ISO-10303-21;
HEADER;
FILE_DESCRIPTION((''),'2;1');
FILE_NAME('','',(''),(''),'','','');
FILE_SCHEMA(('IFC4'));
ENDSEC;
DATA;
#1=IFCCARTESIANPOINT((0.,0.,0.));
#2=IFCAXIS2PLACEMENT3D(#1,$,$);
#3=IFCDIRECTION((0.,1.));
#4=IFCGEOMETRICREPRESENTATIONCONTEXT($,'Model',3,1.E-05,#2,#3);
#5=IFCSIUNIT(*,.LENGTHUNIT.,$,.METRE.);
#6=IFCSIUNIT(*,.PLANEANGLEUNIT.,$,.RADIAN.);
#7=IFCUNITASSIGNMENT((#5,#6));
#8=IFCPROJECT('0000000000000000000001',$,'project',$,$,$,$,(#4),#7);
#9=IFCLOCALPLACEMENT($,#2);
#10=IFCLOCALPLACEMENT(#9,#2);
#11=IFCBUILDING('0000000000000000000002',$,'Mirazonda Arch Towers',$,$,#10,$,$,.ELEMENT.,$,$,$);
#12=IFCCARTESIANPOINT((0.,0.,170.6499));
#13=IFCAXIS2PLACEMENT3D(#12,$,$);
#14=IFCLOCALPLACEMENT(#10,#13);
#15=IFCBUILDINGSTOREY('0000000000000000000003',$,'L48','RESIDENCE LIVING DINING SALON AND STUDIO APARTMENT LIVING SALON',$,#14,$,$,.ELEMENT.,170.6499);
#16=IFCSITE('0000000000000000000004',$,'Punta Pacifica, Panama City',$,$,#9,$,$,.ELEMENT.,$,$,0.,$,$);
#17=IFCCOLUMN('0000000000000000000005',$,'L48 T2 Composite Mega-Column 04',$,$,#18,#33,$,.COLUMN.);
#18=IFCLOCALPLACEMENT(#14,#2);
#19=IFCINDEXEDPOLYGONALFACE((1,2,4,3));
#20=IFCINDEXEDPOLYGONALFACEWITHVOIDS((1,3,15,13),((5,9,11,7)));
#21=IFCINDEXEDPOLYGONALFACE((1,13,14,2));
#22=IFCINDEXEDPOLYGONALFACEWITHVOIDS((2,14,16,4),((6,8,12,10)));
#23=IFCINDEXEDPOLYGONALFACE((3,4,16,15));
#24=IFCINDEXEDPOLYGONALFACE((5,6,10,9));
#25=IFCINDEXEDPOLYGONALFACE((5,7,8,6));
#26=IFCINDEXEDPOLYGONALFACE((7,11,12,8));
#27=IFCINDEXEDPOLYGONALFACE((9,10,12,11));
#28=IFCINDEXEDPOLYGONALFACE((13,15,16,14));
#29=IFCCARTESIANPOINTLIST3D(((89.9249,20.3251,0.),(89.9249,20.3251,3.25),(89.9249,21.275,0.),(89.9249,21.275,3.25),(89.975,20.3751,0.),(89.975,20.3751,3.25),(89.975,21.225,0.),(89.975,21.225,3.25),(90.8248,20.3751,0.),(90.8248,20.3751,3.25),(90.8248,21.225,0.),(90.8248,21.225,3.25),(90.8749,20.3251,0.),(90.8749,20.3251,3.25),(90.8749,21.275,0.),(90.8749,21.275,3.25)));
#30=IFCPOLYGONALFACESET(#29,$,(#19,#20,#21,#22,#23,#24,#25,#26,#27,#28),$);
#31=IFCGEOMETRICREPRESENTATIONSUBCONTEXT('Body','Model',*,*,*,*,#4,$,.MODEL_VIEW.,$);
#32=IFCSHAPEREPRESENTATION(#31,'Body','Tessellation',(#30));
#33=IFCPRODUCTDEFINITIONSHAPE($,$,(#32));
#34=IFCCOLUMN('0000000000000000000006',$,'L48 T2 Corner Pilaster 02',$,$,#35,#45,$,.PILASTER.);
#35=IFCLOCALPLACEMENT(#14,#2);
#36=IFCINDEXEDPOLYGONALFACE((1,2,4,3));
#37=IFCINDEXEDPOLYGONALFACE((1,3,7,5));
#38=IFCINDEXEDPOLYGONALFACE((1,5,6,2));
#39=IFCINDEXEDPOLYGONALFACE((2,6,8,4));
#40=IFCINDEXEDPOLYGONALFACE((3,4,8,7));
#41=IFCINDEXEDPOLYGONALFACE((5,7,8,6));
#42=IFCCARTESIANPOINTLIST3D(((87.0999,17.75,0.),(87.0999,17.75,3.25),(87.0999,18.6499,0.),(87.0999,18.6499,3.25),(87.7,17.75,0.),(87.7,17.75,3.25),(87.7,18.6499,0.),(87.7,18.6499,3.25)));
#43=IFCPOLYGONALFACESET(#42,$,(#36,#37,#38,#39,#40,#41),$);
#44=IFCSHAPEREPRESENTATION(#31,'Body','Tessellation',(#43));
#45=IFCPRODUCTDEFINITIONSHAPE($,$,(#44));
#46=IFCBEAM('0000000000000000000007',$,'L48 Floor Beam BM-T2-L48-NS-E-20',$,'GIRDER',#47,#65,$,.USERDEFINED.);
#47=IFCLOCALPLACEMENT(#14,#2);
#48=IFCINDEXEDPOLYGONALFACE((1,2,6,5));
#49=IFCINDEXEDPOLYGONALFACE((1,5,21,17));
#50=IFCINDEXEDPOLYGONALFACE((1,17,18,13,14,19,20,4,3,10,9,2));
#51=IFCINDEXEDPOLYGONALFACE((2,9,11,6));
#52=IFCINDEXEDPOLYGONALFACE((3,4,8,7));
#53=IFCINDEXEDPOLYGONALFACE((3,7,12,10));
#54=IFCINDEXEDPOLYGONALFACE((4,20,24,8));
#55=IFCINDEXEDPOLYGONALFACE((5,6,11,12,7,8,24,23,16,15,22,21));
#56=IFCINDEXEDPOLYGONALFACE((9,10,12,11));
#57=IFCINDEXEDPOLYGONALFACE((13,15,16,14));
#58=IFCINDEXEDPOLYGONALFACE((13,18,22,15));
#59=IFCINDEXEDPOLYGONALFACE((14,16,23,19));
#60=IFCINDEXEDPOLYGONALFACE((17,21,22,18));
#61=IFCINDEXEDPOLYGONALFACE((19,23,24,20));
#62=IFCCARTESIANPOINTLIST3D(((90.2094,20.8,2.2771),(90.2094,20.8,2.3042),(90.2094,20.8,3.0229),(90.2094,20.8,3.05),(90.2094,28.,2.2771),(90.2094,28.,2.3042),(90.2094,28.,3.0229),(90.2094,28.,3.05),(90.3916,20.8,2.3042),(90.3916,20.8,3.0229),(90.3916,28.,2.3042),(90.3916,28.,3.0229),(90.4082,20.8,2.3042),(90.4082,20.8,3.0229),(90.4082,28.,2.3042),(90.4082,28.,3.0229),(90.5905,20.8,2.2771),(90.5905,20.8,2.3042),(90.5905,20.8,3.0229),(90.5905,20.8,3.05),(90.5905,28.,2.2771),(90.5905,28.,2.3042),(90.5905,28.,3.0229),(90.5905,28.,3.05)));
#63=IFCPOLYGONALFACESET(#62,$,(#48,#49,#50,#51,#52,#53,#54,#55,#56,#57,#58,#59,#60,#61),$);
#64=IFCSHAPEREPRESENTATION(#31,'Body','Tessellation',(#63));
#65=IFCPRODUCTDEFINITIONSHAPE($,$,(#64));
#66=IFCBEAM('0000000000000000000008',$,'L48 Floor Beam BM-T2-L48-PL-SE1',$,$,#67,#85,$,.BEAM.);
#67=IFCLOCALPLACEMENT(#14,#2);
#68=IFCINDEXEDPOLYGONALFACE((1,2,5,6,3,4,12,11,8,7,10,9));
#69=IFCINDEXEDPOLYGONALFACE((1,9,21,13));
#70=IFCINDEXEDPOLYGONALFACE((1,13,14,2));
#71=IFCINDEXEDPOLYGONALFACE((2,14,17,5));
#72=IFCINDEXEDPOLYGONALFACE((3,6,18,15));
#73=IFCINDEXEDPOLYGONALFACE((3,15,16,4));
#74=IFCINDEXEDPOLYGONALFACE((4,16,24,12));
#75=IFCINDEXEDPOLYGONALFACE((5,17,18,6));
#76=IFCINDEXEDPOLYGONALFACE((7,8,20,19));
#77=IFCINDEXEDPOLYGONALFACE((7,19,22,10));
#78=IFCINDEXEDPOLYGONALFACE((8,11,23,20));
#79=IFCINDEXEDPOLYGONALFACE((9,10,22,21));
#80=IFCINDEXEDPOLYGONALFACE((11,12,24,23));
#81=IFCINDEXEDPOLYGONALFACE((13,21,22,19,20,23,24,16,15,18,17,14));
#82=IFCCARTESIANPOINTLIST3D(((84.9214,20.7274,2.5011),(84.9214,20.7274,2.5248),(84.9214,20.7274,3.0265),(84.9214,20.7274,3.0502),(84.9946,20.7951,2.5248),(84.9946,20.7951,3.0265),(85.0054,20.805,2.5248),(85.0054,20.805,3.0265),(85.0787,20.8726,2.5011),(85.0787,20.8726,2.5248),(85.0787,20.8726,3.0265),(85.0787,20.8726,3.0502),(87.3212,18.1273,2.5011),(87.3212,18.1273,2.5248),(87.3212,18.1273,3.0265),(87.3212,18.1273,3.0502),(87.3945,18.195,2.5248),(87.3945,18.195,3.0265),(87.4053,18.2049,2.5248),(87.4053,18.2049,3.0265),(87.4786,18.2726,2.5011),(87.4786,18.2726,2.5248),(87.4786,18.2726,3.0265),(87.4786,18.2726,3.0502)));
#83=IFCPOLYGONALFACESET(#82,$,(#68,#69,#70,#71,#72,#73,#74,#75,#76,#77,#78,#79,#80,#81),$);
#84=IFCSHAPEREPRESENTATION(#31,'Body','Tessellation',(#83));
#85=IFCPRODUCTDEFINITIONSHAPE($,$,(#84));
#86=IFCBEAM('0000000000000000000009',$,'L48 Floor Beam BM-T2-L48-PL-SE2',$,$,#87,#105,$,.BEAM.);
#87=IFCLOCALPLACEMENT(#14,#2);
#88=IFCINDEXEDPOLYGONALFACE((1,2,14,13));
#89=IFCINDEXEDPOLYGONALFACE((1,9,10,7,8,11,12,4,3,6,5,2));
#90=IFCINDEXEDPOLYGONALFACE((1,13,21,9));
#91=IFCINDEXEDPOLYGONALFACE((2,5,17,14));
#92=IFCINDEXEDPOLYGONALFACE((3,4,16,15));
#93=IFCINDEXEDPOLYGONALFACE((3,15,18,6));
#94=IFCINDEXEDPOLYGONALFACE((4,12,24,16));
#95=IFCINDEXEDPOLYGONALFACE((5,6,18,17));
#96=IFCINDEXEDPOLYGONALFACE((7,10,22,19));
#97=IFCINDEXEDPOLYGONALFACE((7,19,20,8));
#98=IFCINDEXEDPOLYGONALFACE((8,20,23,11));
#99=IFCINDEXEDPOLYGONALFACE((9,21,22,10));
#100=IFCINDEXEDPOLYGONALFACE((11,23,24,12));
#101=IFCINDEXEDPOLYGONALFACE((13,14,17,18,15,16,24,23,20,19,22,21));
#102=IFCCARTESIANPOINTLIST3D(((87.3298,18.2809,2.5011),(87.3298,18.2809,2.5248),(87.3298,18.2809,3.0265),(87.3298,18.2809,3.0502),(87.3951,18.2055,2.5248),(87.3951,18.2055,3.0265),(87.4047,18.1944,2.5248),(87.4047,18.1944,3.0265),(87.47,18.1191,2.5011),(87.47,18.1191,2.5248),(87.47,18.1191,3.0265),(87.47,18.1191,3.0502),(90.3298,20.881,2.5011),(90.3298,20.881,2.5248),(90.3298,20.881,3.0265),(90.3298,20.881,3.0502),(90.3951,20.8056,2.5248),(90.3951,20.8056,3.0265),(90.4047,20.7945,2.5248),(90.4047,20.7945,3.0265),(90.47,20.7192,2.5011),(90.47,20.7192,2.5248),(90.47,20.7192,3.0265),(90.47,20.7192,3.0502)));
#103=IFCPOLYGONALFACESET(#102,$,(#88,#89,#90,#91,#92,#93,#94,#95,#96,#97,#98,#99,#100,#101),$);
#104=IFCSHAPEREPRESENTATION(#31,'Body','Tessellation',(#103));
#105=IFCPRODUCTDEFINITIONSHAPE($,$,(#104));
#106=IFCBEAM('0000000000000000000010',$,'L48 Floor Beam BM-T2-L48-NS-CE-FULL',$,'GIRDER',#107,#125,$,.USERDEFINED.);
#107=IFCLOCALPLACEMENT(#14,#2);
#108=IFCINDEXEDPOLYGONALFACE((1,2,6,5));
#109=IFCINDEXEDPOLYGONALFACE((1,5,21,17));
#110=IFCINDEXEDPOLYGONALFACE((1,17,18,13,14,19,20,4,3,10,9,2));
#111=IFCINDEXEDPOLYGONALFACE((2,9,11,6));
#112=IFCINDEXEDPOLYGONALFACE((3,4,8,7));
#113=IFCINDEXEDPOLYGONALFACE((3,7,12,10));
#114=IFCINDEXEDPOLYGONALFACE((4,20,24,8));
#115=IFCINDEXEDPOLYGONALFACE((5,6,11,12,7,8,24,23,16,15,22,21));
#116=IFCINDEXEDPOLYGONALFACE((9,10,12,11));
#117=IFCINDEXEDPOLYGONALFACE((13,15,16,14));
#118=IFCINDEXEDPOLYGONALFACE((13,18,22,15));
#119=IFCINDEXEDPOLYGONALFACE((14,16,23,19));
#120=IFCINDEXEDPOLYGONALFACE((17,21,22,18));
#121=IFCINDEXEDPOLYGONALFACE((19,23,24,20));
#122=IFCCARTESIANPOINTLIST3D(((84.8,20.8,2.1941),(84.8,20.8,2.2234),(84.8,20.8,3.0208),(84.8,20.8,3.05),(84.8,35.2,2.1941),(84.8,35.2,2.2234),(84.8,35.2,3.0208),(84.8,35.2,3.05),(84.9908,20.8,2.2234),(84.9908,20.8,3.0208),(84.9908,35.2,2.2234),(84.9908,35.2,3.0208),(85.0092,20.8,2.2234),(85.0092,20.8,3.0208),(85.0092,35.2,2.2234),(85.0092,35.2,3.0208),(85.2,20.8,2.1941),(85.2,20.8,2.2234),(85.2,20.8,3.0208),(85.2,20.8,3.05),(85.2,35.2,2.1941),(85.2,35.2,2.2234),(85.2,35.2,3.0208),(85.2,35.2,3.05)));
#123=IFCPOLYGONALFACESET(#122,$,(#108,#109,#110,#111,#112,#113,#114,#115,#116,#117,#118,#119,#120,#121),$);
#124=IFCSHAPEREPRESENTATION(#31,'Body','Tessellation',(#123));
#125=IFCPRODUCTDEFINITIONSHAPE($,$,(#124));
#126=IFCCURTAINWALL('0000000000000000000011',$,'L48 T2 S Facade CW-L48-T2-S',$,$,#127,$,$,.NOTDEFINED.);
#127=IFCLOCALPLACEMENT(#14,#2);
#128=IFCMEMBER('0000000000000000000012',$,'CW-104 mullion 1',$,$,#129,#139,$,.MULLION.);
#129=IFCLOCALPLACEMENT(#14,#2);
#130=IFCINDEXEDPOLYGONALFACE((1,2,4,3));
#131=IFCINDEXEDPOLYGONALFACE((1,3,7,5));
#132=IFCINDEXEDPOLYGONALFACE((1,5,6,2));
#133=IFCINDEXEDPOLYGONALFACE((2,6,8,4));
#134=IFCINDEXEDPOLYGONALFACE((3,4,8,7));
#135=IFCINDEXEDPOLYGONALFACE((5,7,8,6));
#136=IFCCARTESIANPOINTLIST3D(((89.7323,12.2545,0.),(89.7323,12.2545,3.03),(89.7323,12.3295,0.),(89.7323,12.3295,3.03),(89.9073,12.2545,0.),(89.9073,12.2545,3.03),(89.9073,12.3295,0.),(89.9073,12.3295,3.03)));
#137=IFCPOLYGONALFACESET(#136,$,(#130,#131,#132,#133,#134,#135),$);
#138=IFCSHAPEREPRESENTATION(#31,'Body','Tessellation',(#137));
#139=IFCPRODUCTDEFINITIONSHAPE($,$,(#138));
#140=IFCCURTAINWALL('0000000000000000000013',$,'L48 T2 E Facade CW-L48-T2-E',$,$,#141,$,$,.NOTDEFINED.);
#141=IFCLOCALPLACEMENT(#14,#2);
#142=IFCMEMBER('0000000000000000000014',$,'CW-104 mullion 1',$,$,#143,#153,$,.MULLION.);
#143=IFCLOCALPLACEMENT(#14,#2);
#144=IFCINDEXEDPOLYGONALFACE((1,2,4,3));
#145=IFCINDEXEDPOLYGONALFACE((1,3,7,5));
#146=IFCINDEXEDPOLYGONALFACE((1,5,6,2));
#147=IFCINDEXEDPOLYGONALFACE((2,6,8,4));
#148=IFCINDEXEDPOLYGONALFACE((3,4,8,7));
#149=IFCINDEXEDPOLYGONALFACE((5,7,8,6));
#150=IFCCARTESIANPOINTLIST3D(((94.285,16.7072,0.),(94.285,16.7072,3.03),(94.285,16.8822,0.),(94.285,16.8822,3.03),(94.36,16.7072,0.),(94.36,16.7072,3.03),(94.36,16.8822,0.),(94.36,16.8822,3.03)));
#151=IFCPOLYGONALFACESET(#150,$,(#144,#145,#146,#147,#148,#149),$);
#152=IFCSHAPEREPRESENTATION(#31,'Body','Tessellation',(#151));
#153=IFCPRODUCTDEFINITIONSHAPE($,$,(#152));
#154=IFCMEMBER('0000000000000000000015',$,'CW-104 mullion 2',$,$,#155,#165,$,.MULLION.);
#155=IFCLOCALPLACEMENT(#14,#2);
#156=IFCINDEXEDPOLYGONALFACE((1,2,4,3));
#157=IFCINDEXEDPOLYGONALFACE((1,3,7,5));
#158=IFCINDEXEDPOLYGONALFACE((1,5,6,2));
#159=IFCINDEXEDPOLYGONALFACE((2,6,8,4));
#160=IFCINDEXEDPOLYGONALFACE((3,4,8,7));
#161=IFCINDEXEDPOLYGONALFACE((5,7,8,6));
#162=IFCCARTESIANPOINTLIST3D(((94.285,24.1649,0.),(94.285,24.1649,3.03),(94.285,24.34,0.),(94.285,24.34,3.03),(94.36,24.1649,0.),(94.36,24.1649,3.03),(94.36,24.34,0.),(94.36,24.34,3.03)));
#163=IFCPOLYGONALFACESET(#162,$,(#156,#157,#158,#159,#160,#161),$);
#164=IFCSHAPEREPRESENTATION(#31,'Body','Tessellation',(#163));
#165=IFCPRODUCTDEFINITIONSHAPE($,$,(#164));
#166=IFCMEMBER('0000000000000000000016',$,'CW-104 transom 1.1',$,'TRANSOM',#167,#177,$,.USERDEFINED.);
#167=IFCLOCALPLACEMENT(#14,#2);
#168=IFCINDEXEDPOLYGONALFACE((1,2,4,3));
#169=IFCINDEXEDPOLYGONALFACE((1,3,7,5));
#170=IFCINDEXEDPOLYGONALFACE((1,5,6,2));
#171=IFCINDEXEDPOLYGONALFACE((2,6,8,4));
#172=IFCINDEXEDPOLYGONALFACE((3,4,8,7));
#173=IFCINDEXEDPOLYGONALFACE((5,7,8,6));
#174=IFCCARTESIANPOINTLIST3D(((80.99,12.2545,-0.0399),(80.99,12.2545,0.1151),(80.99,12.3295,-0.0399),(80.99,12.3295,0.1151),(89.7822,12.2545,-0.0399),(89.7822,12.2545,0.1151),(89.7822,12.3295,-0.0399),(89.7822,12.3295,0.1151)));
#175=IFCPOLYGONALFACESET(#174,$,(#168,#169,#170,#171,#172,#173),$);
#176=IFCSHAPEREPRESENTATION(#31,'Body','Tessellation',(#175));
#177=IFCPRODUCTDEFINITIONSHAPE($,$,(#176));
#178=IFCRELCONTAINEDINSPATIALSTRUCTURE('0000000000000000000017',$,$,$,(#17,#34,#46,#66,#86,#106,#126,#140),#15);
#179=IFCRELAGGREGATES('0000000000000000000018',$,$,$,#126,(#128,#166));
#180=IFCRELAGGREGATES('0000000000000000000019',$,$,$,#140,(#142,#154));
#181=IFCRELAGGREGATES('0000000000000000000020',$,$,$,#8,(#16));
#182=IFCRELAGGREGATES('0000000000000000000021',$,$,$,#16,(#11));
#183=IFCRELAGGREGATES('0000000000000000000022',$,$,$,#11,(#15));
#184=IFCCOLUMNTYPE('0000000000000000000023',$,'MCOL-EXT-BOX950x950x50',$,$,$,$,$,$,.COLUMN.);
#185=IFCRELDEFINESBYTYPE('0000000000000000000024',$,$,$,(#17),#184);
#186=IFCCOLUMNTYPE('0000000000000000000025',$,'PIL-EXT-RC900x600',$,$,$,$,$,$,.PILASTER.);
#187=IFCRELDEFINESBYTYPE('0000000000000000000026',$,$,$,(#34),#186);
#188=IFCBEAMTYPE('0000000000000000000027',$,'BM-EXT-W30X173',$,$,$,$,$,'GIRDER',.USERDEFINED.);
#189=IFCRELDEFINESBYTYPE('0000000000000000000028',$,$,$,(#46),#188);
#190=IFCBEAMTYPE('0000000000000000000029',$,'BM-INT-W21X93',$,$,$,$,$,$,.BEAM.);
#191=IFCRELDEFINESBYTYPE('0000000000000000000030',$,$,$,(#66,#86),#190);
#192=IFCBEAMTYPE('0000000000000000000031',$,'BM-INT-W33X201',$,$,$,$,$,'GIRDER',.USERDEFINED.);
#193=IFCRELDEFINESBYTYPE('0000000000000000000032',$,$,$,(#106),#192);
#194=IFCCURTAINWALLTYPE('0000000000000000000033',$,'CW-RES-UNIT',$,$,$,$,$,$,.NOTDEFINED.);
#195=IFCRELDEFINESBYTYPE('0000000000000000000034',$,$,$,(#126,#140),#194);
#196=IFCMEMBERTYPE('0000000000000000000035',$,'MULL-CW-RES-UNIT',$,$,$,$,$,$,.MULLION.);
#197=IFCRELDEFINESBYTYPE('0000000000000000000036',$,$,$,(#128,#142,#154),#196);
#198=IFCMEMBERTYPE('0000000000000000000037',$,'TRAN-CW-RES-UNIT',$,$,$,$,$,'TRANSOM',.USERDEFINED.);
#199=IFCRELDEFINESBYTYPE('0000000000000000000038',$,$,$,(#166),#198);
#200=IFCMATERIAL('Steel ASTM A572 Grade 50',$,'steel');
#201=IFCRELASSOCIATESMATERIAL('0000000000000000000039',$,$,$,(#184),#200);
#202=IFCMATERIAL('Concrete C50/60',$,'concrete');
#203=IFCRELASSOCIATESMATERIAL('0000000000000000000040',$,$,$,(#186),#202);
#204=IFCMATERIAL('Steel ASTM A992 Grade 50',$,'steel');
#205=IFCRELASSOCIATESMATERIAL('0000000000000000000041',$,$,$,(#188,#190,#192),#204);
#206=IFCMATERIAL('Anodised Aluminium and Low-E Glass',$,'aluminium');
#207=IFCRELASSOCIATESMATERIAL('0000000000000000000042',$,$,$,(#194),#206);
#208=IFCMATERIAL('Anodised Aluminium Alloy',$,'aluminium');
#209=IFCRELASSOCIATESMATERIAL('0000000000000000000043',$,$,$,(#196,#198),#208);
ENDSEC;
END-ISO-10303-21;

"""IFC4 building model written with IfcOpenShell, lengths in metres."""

from ifc_helpers import new_model, si_unit, direction, frame, origin, origin_2d, place, context, subcontext, project, spatial, rectangle, hollow_rectangle, i_section, extrude, material, material_profile, profile_set, type_object, element, aggregate, save


model = new_model("IFC4")

# Units and contexts
model_context = context("Model", 3, precision=1e-05, world=origin(), true_north=direction((0.0, 1.0)))
body_context = subcontext(model_context, "Body", "Model", "MODEL_VIEW")
ifc_project = project(units=[si_unit("LENGTHUNIT", "METRE"), si_unit("PLANEANGLEUNIT", "RADIAN")], contexts=[model_context])

# Site, building, storey
site_placement = place(None, origin())
site = spatial("IfcSite", under=ifc_project, at=site_placement, Name="Punta Pacifica, Panama City", CompositionType="ELEMENT", RefElevation=0.0)
building_placement = place(site_placement, origin())
building = spatial("IfcBuilding", under=site, at=building_placement, Name="Mirazonda Arch Towers", CompositionType="ELEMENT")
storey_placement = place(building_placement, frame((0.0, 0.0, 170.6499)))
storey = spatial("IfcBuildingStorey", under=building, at=storey_placement, Name="L48", Description="RESIDENCE LIVING DINING SALON AND STUDIO APARTMENT LIVING SALON", CompositionType="ELEMENT", Elevation=170.6499)

# Columns
ifc_material_1 = material(Name="Steel ASTM A572 Grade 50", Category="steel")
ifc_material_profile_1 = material_profile(ifc_material_1, hollow_rectangle(XDim=0.95, YDim=0.95, WallThickness=0.05, at=origin_2d()), Name="BOX950x950x50")
ifc_profile_set_1 = profile_set([ifc_material_profile_1], Name="Steel ASTM A572 Grade 50")
column_type_1 = type_object("IfcColumnType", Name="MCOL-EXT-BOX950x950x50", PredefinedType="COLUMN", material=ifc_profile_set_1)
column_1_placement = place(storey_placement, frame((90.3999, 20.8, 0.0), z_axis=(0.0, 0.0, 1.0), x_axis=(1.0, 0.0, 0.0)))
element("IfcColumn", 1, at=column_1_placement, inside=storey, type_object=column_type_1, Name="L48 T2 Composite Mega-Column 04", PredefinedType="COLUMN", context=body_context, shape_type="SweptSolid", body=[
    extrude(hollow_rectangle(XDim=0.95, YDim=0.95, WallThickness=0.05, at=origin_2d()), origin(), (0.0, 0.0, 1.0), 3.25),
])
ifc_material_2 = material(Name="Concrete C50/60", Category="concrete")
ifc_material_profile_2 = material_profile(ifc_material_2, rectangle(XDim=0.6001, YDim=0.8999, at=origin_2d()), Name="RC900x600")
ifc_profile_set_2 = profile_set([ifc_material_profile_2], Name="Concrete C50/60")
column_type_2 = type_object("IfcColumnType", Name="PIL-EXT-RC900x600", PredefinedType="PILASTER", material=ifc_profile_set_2)
column_2_placement = place(storey_placement, frame((87.3999, 18.2, 0.0), z_axis=(0.0, 0.0, 1.0), x_axis=(1.0, 0.0, 0.0)))
element("IfcColumn", 2, at=column_2_placement, inside=storey, type_object=column_type_2, Name="L48 T2 Corner Pilaster 02", PredefinedType="PILASTER", context=body_context, shape_type="SweptSolid", body=[
    extrude(rectangle(XDim=0.6001, YDim=0.8999, at=origin_2d()), origin(), (0.0, 0.0, 1.0), 3.25),
])

# Beams
ifc_material_3 = material(Name="Steel ASTM A992 Grade 50", Category="steel")
ifc_material_profile_3 = material_profile(ifc_material_3, i_section(OverallWidth=0.3811, OverallDepth=0.7729, WebThickness=0.0166, FlangeThickness=0.0271, at=origin_2d()), Name="W30X173")
ifc_profile_set_3 = profile_set([ifc_material_profile_3], Name="Steel ASTM A992 Grade 50")
beam_type_1 = type_object("IfcBeamType", Name="BM-EXT-W30X173", ElementType="GIRDER", PredefinedType="USERDEFINED", material=ifc_profile_set_3)
beam_1_placement = place(storey_placement, frame((90.3999, 20.8, 2.6636), z_axis=(0.0, 1.0, 0.0), x_axis=(-1.0, 0.0, 0.0)))
element("IfcBeam", 3, at=beam_1_placement, inside=storey, type_object=beam_type_1, Name="L48 Floor Beam BM-T2-L48-NS-E-20", ObjectType="GIRDER", PredefinedType="USERDEFINED", context=body_context, shape_type="SweptSolid", body=[
    extrude(i_section(OverallWidth=0.3811, OverallDepth=0.7729, WebThickness=0.0166, FlangeThickness=0.0271, at=origin_2d()), origin(), (0.0, 0.0, 1.0), 7.2),
])
ifc_material_profile_4 = material_profile(ifc_material_3, i_section(OverallWidth=0.2141, OverallDepth=0.5491, WebThickness=0.0146, FlangeThickness=0.0237, at=origin_2d()), Name="W21X93")
ifc_profile_set_4 = profile_set([ifc_material_profile_4], Name="Steel ASTM A992 Grade 50")
beam_type_2 = type_object("IfcBeamType", Name="BM-INT-W21X93", PredefinedType="BEAM", material=ifc_profile_set_4)
beam_2_placement = place(storey_placement, frame((87.3999, 18.2, 2.7756), z_axis=(-0.678251, 0.73483, 0.0), x_axis=(-0.73483, -0.678251, 0.0)))
element("IfcBeam", 4, at=beam_2_placement, inside=storey, type_object=beam_type_2, Name="L48 Floor Beam BM-T2-L48-PL-SE1", PredefinedType="BEAM", context=body_context, shape_type="SweptSolid", body=[
    extrude(i_section(OverallWidth=0.2141, OverallDepth=0.5491, WebThickness=0.0146, FlangeThickness=0.0237, at=origin_2d()), origin(), (0.0, 0.0, 1.0), 3.5383),
])
beam_3_placement = place(storey_placement, frame((87.3999, 18.2, 2.7756), z_axis=(0.755677, 0.654945, 0.0), x_axis=(-0.654945, 0.755677, 0.0)))
element("IfcBeam", 5, at=beam_3_placement, inside=storey, type_object=beam_type_2, Name="L48 Floor Beam BM-T2-L48-PL-SE2", PredefinedType="BEAM", context=body_context, shape_type="SweptSolid", body=[
    extrude(i_section(OverallWidth=0.2141, OverallDepth=0.5491, WebThickness=0.0146, FlangeThickness=0.0237, at=origin_2d()), origin(), (0.0, 0.0, 1.0), 3.97),
])
ifc_material_profile_5 = material_profile(ifc_material_3, i_section(OverallWidth=0.3999, OverallDepth=0.856, WebThickness=0.0183, FlangeThickness=0.0293, at=origin_2d()), Name="W33X201")
ifc_profile_set_5 = profile_set([ifc_material_profile_5], Name="Steel ASTM A992 Grade 50")
beam_type_3 = type_object("IfcBeamType", Name="BM-INT-W33X201", ElementType="GIRDER", PredefinedType="USERDEFINED", material=ifc_profile_set_5)
beam_4_placement = place(storey_placement, frame((85.0, 20.8, 2.6221), z_axis=(0.0, 1.0, 0.0), x_axis=(-1.0, 0.0, 0.0)))
element("IfcBeam", 6, at=beam_4_placement, inside=storey, type_object=beam_type_3, Name="L48 Floor Beam BM-T2-L48-NS-CE-FULL", ObjectType="GIRDER", PredefinedType="USERDEFINED", context=body_context, shape_type="SweptSolid", body=[
    extrude(i_section(OverallWidth=0.3999, OverallDepth=0.856, WebThickness=0.0183, FlangeThickness=0.0293, at=origin_2d()), origin(), (0.0, 0.0, 1.0), 14.3999),
])

# Curtain wall, member
ifc_material_4 = material(Name="Anodised Aluminium and Low-E Glass", Category="aluminium")
curtain_wall_type = type_object("IfcCurtainWallType", Name="CW-RES-UNIT", PredefinedType="NOTDEFINED", material=ifc_material_4)
curtain_wall_1_placement = place(storey_placement, origin())
curtain_wall_1 = element("IfcCurtainWall", 7, at=curtain_wall_1_placement, inside=storey, type_object=curtain_wall_type, Name="L48 T2 S Facade CW-L48-T2-S", PredefinedType="NOTDEFINED")
ifc_material_5 = material(Name="Anodised Aluminium Alloy", Category="aluminium")
ifc_material_profile_6 = material_profile(ifc_material_5, rectangle(XDim=0.075, YDim=0.175, at=origin_2d()), Name="ALU-MULL-75x175")
ifc_profile_set_6 = profile_set([ifc_material_profile_6], Name="Anodised Aluminium Alloy")
member_type_1 = type_object("IfcMemberType", Name="MULL-CW-RES-UNIT", PredefinedType="MULLION", material=ifc_profile_set_6)
member_1_placement = place(storey_placement, frame((89.8198, 12.292, 0.0), z_axis=(0.0, 0.0, 1.0), x_axis=(0.0, -1.0, 0.0)))
member_1 = element("IfcMember", 8, at=member_1_placement, type_object=member_type_1, Name="CW-104 mullion 1", PredefinedType="MULLION", context=body_context, shape_type="SweptSolid", body=[
    extrude(rectangle(XDim=0.075, YDim=0.175, at=origin_2d()), origin(), (0.0, 0.0, 1.0), 3.03),
])

# Curtain wall, members
curtain_wall_2_placement = place(storey_placement, origin())
curtain_wall_2 = element("IfcCurtainWall", 9, at=curtain_wall_2_placement, inside=storey, type_object=curtain_wall_type, Name="L48 T2 E Facade CW-L48-T2-E", PredefinedType="NOTDEFINED")
member_2_placement = place(storey_placement, frame((94.3225, 16.7947, 0.0), z_axis=(0.0, 0.0, 1.0), x_axis=(-1.0, 0.0, 0.0)))
member_2 = element("IfcMember", 10, at=member_2_placement, type_object=member_type_1, Name="CW-104 mullion 1", PredefinedType="MULLION", context=body_context, shape_type="SweptSolid", body=[
    extrude(rectangle(XDim=0.075, YDim=0.175, at=origin_2d()), origin(), (0.0, 0.0, 1.0), 3.03),
])
member_3_placement = place(storey_placement, frame((94.3225, 24.2524, 0.0), z_axis=(0.0, 0.0, 1.0), x_axis=(-1.0, 0.0, 0.0)))
member_3 = element("IfcMember", 11, at=member_3_placement, type_object=member_type_1, Name="CW-104 mullion 2", PredefinedType="MULLION", context=body_context, shape_type="SweptSolid", body=[
    extrude(rectangle(XDim=0.075, YDim=0.175, at=origin_2d()), origin(), (0.0, 0.0, 1.0), 3.03),
])

# Member
ifc_material_profile_7 = material_profile(ifc_material_5, rectangle(XDim=0.075, YDim=0.155, at=origin_2d()), Name="ALU-TRAN-75x155")
ifc_profile_set_7 = profile_set([ifc_material_profile_7], Name="Anodised Aluminium Alloy")
member_type_2 = type_object("IfcMemberType", Name="TRAN-CW-RES-UNIT", ElementType="TRANSOM", PredefinedType="USERDEFINED", material=ifc_profile_set_7)
member_4_placement = place(storey_placement, frame((89.7822, 12.292, 0.0376), z_axis=(-1.0, 0.0, 0.0), x_axis=(0.0, -1.0, 0.0)))
member_4 = element("IfcMember", 12, at=member_4_placement, type_object=member_type_2, Name="CW-104 transom 1.1", ObjectType="TRANSOM", PredefinedType="USERDEFINED", context=body_context, shape_type="SweptSolid", body=[
    extrude(rectangle(XDim=0.075, YDim=0.155, at=origin_2d()), origin(), (0.0, 0.0, 1.0), 8.7922),
])

aggregate(curtain_wall_1, [member_1, member_4])
aggregate(curtain_wall_2, [member_2, member_3])

save(model, "model.ifc")
